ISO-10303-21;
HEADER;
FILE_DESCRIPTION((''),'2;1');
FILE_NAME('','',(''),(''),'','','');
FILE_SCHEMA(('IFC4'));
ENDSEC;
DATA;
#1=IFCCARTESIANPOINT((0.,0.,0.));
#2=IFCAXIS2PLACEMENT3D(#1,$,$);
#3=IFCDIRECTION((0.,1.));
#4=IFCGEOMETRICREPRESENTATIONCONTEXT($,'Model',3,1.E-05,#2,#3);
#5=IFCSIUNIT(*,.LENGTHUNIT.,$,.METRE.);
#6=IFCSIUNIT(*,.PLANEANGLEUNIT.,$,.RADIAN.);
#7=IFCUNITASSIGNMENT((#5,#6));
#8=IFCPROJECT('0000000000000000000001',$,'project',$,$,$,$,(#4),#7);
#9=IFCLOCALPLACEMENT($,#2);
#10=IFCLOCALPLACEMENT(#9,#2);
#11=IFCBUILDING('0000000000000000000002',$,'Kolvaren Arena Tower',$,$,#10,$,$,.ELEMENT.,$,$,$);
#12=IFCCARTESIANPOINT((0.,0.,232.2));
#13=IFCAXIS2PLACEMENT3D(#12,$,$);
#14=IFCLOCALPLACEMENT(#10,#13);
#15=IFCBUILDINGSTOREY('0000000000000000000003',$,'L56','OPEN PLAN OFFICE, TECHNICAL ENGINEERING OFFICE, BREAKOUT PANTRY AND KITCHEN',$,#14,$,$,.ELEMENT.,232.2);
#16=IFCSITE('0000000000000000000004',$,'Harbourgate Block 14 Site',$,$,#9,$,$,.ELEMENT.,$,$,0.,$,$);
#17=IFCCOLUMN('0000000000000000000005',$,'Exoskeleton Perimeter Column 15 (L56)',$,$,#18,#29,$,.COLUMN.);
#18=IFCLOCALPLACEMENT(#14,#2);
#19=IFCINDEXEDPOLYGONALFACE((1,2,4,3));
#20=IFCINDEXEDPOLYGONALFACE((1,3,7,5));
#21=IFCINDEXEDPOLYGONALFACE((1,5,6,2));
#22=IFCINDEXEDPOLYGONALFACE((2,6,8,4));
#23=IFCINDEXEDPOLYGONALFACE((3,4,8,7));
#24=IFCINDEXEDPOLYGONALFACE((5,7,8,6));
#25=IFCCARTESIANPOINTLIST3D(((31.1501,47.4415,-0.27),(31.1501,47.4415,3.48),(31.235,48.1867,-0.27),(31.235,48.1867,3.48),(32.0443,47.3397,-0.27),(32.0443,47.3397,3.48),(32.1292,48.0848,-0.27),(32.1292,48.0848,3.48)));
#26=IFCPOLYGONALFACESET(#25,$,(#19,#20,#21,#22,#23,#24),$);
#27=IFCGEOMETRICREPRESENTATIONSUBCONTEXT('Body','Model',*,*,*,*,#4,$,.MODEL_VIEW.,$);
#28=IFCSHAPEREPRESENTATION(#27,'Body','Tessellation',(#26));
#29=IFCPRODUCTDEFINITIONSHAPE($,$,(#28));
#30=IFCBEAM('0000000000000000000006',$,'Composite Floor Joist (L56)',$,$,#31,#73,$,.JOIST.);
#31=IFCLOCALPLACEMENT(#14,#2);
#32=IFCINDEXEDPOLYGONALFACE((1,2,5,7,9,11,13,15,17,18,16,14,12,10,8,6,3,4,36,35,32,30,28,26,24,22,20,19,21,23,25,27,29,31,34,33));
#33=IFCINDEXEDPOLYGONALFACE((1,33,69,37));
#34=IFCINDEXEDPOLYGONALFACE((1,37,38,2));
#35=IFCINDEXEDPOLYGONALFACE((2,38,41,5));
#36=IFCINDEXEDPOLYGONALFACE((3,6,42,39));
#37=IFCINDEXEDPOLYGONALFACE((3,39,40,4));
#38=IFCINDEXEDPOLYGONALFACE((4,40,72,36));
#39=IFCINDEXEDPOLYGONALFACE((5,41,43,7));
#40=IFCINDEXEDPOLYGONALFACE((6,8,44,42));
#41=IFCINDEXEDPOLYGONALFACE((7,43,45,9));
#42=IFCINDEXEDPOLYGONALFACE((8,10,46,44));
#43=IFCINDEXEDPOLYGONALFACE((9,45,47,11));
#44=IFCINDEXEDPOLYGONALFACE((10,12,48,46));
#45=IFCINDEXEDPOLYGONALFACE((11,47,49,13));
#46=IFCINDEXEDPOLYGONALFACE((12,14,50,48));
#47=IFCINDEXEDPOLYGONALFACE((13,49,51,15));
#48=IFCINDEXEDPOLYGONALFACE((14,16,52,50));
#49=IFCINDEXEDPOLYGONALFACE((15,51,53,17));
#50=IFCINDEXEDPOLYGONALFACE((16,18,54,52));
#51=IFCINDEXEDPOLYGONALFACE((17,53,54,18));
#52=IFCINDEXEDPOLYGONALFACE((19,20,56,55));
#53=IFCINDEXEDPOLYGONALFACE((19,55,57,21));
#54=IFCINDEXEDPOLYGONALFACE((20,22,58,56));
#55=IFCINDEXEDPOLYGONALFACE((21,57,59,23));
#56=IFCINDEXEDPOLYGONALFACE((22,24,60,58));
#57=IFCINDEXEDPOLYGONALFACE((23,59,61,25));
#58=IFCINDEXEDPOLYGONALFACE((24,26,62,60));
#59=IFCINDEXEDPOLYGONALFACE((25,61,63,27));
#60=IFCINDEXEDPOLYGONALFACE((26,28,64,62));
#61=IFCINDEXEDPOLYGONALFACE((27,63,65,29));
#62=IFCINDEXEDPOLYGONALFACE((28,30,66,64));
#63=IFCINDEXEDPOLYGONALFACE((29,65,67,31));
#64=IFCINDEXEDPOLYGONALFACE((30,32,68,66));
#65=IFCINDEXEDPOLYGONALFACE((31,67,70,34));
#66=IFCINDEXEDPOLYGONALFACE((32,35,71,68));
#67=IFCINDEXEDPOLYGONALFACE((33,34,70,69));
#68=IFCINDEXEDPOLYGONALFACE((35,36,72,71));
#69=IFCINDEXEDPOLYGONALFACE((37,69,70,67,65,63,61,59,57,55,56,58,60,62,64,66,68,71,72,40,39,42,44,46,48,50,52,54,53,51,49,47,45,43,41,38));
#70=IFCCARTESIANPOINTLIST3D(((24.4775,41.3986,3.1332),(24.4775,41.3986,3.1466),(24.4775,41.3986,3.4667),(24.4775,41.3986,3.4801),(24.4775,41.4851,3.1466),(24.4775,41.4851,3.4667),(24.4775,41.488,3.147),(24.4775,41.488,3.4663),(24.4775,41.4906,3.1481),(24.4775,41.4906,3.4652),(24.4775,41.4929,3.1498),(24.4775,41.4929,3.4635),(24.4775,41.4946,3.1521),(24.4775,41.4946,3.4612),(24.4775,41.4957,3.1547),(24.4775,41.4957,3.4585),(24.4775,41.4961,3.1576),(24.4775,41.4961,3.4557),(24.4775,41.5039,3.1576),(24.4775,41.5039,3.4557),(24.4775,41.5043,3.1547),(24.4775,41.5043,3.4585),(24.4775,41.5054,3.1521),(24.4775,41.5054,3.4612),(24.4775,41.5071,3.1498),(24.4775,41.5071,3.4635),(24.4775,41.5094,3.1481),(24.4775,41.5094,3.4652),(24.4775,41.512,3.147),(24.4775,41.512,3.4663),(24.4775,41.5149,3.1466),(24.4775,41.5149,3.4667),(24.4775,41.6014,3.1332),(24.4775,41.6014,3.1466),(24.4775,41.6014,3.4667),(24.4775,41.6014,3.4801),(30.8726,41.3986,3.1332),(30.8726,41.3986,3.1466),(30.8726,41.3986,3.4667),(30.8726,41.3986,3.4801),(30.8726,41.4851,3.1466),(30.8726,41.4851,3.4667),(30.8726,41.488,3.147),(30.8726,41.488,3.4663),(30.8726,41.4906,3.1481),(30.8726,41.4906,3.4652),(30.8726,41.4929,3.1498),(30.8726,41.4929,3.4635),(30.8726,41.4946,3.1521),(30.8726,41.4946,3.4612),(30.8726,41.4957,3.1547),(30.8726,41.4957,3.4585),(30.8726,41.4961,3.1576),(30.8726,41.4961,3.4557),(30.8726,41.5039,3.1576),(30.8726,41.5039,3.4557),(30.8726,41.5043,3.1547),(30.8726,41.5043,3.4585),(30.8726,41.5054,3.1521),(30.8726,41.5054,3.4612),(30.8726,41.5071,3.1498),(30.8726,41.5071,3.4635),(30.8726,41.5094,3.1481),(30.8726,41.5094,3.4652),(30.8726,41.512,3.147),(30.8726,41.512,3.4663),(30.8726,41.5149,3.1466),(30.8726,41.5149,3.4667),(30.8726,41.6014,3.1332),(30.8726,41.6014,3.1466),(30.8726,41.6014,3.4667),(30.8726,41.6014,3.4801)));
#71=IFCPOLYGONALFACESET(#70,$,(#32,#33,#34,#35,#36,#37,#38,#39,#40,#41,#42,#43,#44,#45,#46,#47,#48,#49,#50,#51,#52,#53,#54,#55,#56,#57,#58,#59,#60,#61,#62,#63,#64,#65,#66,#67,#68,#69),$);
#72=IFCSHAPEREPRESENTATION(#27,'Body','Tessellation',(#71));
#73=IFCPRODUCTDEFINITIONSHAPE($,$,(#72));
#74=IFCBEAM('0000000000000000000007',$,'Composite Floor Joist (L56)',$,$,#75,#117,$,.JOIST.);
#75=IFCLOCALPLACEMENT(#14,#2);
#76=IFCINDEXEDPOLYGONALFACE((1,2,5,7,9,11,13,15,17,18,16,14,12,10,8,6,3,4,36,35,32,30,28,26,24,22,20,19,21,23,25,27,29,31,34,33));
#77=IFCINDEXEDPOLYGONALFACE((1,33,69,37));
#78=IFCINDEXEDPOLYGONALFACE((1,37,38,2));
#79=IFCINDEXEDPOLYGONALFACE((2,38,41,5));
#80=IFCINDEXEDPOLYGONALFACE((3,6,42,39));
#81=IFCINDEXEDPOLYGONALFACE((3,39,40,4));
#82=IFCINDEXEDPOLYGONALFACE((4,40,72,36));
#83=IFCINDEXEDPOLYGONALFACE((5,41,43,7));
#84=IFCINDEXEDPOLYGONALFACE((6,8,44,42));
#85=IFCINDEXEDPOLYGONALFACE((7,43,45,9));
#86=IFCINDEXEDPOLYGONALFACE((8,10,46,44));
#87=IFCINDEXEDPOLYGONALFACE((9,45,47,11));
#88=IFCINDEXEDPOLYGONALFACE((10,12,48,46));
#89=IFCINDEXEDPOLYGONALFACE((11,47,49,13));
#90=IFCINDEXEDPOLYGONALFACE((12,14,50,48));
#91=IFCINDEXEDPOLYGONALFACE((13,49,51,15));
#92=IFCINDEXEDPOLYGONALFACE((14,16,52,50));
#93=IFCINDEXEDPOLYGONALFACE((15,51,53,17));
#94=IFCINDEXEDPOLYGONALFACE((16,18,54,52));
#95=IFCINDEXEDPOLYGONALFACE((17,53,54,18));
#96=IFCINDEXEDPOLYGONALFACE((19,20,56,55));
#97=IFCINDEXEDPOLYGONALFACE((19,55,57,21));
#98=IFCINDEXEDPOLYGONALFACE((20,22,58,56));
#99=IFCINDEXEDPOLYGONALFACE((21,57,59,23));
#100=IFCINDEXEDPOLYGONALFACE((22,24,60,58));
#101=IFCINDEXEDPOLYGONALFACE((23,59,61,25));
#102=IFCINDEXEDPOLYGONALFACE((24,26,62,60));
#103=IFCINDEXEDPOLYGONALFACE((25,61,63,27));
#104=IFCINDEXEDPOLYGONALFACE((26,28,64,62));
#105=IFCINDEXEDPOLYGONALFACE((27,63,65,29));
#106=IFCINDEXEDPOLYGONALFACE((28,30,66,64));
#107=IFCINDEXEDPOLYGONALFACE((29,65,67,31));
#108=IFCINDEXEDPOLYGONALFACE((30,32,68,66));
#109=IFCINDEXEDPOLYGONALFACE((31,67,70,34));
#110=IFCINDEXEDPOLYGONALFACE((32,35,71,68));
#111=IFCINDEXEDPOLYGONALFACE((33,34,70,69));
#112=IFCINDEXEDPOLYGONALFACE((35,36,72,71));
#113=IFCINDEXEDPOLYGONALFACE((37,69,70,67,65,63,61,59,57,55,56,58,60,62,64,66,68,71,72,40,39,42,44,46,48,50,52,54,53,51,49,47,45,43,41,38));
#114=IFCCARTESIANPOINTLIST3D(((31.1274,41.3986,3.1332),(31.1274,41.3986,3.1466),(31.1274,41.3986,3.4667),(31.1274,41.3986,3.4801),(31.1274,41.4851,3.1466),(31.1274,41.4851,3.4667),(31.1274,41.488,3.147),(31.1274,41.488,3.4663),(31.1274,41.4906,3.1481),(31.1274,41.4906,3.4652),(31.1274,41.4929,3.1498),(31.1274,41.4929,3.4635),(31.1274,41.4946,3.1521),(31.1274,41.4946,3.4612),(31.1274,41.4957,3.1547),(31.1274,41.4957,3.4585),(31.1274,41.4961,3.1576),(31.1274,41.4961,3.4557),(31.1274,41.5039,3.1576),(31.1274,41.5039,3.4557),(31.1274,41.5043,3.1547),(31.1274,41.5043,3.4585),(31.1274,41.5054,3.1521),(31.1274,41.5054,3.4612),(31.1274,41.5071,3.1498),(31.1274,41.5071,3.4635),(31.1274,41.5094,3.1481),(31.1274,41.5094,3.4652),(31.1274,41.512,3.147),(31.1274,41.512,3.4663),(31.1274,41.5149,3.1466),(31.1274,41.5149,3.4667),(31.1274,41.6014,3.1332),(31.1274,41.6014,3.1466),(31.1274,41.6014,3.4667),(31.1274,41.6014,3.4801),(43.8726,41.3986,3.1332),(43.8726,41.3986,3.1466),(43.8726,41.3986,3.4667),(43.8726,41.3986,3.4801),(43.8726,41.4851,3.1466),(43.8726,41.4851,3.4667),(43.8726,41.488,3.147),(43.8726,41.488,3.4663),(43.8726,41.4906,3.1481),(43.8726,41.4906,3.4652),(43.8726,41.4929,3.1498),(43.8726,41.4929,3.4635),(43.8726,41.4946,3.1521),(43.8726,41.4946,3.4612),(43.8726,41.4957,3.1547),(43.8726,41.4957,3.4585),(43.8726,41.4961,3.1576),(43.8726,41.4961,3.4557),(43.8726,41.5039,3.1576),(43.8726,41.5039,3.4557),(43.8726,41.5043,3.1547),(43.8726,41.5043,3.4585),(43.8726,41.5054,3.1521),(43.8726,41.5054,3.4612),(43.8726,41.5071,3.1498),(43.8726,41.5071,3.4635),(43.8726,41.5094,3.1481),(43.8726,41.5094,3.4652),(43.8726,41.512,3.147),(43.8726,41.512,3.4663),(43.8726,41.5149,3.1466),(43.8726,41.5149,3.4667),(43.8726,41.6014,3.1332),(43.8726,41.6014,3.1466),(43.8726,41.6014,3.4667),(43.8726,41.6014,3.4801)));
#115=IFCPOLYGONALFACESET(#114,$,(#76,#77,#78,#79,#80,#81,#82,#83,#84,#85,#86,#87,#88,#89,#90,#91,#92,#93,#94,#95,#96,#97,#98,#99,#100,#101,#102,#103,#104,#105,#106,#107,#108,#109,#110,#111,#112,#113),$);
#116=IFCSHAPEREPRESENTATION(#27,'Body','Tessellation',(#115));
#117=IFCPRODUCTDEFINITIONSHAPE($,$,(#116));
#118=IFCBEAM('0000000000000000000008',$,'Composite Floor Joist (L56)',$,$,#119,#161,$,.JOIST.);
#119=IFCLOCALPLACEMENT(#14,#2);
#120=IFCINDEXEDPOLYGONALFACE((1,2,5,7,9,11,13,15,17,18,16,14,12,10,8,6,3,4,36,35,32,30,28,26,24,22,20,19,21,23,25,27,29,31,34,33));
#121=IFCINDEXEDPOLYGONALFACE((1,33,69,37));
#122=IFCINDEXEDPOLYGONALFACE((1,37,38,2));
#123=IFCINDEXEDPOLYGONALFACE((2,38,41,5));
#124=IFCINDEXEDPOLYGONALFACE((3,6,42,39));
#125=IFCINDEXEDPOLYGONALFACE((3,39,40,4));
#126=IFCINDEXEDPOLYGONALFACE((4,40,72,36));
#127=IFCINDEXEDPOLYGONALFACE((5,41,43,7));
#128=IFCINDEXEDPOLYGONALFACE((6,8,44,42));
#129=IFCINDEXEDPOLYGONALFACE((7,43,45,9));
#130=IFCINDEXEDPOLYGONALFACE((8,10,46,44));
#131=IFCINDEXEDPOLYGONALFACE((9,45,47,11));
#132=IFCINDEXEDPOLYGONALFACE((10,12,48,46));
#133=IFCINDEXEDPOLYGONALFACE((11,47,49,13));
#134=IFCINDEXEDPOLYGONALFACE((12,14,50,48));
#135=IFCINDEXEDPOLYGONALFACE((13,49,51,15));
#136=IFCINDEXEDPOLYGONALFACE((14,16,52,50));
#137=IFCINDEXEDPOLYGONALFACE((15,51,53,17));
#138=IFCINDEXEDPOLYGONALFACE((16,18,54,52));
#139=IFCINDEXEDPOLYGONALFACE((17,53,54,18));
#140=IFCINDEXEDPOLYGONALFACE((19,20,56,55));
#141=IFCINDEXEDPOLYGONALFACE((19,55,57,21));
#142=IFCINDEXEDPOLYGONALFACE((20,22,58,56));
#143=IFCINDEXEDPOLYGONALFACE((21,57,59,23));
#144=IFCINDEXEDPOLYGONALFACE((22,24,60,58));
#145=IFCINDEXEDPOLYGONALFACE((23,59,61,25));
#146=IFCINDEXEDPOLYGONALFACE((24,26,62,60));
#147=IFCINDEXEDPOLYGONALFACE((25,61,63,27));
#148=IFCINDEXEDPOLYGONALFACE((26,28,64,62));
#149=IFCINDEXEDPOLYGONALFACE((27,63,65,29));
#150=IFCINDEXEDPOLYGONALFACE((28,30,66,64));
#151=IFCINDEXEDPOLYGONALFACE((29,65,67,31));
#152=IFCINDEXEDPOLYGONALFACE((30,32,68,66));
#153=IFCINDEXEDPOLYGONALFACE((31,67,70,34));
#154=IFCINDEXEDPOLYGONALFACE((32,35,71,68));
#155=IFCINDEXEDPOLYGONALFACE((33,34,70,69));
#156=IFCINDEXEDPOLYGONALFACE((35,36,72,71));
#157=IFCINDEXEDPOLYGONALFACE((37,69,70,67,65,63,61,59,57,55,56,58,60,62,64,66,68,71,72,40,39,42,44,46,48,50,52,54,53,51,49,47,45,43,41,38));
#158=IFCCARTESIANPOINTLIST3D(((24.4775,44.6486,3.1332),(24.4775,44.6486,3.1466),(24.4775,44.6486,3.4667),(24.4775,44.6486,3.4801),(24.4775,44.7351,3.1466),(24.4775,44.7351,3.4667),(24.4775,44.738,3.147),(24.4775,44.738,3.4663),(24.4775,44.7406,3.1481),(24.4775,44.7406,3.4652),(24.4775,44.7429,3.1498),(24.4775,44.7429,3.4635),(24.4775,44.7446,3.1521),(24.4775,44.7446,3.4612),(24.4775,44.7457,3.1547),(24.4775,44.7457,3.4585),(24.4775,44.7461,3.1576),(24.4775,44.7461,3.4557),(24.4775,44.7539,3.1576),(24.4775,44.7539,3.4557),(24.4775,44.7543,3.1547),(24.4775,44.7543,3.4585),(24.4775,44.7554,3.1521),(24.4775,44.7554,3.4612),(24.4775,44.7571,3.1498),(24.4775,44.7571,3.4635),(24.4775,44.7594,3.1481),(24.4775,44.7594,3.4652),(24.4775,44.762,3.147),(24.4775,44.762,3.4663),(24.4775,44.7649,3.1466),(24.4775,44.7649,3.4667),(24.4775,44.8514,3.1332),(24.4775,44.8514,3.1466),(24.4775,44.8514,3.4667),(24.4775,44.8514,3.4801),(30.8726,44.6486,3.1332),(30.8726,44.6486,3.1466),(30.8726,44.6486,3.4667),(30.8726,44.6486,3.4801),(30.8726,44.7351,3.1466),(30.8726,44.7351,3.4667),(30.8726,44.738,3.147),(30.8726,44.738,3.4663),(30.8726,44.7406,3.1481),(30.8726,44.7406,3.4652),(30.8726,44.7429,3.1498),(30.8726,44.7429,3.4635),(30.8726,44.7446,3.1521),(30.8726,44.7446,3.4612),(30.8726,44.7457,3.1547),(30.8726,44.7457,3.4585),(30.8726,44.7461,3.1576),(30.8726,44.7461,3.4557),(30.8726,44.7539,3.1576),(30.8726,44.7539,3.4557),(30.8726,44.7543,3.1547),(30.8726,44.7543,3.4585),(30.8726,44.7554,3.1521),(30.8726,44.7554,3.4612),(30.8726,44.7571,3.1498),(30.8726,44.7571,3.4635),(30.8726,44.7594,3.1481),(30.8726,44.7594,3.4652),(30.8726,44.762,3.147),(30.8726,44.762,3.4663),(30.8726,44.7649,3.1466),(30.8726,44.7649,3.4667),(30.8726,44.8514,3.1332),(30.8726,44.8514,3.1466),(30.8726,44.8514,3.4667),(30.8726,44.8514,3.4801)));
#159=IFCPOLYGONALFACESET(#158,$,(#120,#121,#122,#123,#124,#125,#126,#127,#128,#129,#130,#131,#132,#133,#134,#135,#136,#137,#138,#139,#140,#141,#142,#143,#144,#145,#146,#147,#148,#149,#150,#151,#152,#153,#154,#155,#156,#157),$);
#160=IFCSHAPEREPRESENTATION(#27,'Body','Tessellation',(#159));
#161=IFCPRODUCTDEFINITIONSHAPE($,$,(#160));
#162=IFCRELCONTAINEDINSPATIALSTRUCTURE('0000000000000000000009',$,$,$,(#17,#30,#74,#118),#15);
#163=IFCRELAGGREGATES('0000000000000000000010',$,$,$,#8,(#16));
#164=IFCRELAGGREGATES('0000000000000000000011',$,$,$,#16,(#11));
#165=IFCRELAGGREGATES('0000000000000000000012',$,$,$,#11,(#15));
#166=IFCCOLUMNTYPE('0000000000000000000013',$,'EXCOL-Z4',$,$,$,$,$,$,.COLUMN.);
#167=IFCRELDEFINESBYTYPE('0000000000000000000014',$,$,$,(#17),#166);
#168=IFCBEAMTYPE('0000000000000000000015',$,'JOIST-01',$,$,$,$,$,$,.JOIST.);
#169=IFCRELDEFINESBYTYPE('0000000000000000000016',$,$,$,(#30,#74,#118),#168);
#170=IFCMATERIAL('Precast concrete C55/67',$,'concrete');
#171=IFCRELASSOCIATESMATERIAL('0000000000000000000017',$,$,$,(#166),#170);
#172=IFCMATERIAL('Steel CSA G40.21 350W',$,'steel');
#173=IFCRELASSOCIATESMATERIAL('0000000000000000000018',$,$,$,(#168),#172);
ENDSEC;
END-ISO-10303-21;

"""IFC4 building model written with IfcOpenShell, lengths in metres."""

from ifc_helpers import new_model, si_unit, direction, frame, origin, origin_2d, place, context, subcontext, project, spatial, rectangle, i_section, extrude, material, material_profile, profile_set, type_object, element, save


model = new_model("IFC4")

# Units and contexts
model_context = context("Model", 3, precision=1e-05, world=origin(), true_north=direction((0.0, 1.0)))
body_context = subcontext(model_context, "Body", "Model", "MODEL_VIEW")
ifc_project = project(units=[si_unit("LENGTHUNIT", "METRE"), si_unit("PLANEANGLEUNIT", "RADIAN")], contexts=[model_context])

# Site, building, storey
site_placement = place(None, origin())
site = spatial("IfcSite", under=ifc_project, at=site_placement, Name="Harbourgate Block 14 Site", CompositionType="ELEMENT", RefElevation=0.0)
building_placement = place(site_placement, origin())
building = spatial("IfcBuilding", under=site, at=building_placement, Name="Kolvaren Arena Tower", CompositionType="ELEMENT")
storey_placement = place(building_placement, frame((0.0, 0.0, 232.2)))
storey = spatial("IfcBuildingStorey", under=building, at=storey_placement, Name="L56", Description="OPEN PLAN OFFICE, TECHNICAL ENGINEERING OFFICE, BREAKOUT PANTRY AND KITCHEN", CompositionType="ELEMENT", Elevation=232.2)

# Column
ifc_material_1 = material(Name="Precast concrete C55/67", Category="concrete")
ifc_material_profile_1 = material_profile(ifc_material_1, rectangle(XDim=0.8999, YDim=0.75, at=origin_2d()), Name="RC-900x750")
ifc_profile_set_1 = profile_set([ifc_material_profile_1], Name="Precast concrete C55/67")
column_type = type_object("IfcColumnType", Name="EXCOL-Z4", PredefinedType="COLUMN", material=ifc_profile_set_1)
column_placement = place(storey_placement, frame((31.6396, 47.7632, -0.27), z_axis=(0.0, 0.0, 1.0), x_axis=(0.993572, -0.113203, 0.0)))
element("IfcColumn", 1, at=column_placement, inside=storey, type_object=column_type, Name="Exoskeleton Perimeter Column 15 (L56)", PredefinedType="COLUMN", context=body_context, shape_type="SweptSolid", body=[
    extrude(rectangle(XDim=0.8999, YDim=0.75, at=origin_2d()), origin(), (0.0, 0.0, 1.0), 3.75),
])

# Beams
ifc_material_2 = material(Name="Steel CSA G40.21 350W", Category="steel")
ifc_material_profile_2 = material_profile(ifc_material_2, i_section(OverallWidth=0.2029, OverallDepth=0.3469, WebThickness=0.0078, FlangeThickness=0.0134, FilletRadius=0.011, at=origin_2d()), Name="W360x64")
ifc_profile_set_2 = profile_set([ifc_material_profile_2], Name="Steel CSA G40.21 350W")
beam_type_1 = type_object("IfcBeamType", Name="JOIST-01", PredefinedType="JOIST", material=ifc_profile_set_2)
beam_1_placement = place(storey_placement, frame((24.4775, 41.5, 3.3066), z_axis=(1.0, 0.0, 0.0), x_axis=(0.0, 1.0, 0.0)))
element("IfcBeam", 2, at=beam_1_placement, inside=storey, type_object=beam_type_1, Name="Composite Floor Joist (L56)", PredefinedType="JOIST", context=body_context, shape_type="SweptSolid", body=[
    extrude(i_section(OverallWidth=0.2029, OverallDepth=0.3469, WebThickness=0.0078, FlangeThickness=0.0134, FilletRadius=0.011, at=origin_2d()), origin(), (0.0, 0.0, 1.0), 6.395),
])
beam_2_placement = place(storey_placement, frame((31.1274, 41.5, 3.3066), z_axis=(1.0, 0.0, 0.0), x_axis=(0.0, 1.0, 0.0)))
element("IfcBeam", 3, at=beam_2_placement, inside=storey, type_object=beam_type_1, Name="Composite Floor Joist (L56)", PredefinedType="JOIST", context=body_context, shape_type="SweptSolid", body=[
    extrude(i_section(OverallWidth=0.2029, OverallDepth=0.3469, WebThickness=0.0078, FlangeThickness=0.0134, FilletRadius=0.011, at=origin_2d()), origin(), (0.0, 0.0, 1.0), 12.7451),
])
beam_3_placement = place(storey_placement, frame((24.4775, 44.75, 3.3066), z_axis=(1.0, 0.0, 0.0), x_axis=(0.0, 1.0, 0.0)))
element("IfcBeam", 4, at=beam_3_placement, inside=storey, type_object=beam_type_1, Name="Composite Floor Joist (L56)", PredefinedType="JOIST", context=body_context, shape_type="SweptSolid", body=[
    extrude(i_section(OverallWidth=0.2029, OverallDepth=0.3469, WebThickness=0.0078, FlangeThickness=0.0134, FilletRadius=0.011, at=origin_2d()), origin(), (0.0, 0.0, 1.0), 6.395),
])

save(model, "model.ifc")
